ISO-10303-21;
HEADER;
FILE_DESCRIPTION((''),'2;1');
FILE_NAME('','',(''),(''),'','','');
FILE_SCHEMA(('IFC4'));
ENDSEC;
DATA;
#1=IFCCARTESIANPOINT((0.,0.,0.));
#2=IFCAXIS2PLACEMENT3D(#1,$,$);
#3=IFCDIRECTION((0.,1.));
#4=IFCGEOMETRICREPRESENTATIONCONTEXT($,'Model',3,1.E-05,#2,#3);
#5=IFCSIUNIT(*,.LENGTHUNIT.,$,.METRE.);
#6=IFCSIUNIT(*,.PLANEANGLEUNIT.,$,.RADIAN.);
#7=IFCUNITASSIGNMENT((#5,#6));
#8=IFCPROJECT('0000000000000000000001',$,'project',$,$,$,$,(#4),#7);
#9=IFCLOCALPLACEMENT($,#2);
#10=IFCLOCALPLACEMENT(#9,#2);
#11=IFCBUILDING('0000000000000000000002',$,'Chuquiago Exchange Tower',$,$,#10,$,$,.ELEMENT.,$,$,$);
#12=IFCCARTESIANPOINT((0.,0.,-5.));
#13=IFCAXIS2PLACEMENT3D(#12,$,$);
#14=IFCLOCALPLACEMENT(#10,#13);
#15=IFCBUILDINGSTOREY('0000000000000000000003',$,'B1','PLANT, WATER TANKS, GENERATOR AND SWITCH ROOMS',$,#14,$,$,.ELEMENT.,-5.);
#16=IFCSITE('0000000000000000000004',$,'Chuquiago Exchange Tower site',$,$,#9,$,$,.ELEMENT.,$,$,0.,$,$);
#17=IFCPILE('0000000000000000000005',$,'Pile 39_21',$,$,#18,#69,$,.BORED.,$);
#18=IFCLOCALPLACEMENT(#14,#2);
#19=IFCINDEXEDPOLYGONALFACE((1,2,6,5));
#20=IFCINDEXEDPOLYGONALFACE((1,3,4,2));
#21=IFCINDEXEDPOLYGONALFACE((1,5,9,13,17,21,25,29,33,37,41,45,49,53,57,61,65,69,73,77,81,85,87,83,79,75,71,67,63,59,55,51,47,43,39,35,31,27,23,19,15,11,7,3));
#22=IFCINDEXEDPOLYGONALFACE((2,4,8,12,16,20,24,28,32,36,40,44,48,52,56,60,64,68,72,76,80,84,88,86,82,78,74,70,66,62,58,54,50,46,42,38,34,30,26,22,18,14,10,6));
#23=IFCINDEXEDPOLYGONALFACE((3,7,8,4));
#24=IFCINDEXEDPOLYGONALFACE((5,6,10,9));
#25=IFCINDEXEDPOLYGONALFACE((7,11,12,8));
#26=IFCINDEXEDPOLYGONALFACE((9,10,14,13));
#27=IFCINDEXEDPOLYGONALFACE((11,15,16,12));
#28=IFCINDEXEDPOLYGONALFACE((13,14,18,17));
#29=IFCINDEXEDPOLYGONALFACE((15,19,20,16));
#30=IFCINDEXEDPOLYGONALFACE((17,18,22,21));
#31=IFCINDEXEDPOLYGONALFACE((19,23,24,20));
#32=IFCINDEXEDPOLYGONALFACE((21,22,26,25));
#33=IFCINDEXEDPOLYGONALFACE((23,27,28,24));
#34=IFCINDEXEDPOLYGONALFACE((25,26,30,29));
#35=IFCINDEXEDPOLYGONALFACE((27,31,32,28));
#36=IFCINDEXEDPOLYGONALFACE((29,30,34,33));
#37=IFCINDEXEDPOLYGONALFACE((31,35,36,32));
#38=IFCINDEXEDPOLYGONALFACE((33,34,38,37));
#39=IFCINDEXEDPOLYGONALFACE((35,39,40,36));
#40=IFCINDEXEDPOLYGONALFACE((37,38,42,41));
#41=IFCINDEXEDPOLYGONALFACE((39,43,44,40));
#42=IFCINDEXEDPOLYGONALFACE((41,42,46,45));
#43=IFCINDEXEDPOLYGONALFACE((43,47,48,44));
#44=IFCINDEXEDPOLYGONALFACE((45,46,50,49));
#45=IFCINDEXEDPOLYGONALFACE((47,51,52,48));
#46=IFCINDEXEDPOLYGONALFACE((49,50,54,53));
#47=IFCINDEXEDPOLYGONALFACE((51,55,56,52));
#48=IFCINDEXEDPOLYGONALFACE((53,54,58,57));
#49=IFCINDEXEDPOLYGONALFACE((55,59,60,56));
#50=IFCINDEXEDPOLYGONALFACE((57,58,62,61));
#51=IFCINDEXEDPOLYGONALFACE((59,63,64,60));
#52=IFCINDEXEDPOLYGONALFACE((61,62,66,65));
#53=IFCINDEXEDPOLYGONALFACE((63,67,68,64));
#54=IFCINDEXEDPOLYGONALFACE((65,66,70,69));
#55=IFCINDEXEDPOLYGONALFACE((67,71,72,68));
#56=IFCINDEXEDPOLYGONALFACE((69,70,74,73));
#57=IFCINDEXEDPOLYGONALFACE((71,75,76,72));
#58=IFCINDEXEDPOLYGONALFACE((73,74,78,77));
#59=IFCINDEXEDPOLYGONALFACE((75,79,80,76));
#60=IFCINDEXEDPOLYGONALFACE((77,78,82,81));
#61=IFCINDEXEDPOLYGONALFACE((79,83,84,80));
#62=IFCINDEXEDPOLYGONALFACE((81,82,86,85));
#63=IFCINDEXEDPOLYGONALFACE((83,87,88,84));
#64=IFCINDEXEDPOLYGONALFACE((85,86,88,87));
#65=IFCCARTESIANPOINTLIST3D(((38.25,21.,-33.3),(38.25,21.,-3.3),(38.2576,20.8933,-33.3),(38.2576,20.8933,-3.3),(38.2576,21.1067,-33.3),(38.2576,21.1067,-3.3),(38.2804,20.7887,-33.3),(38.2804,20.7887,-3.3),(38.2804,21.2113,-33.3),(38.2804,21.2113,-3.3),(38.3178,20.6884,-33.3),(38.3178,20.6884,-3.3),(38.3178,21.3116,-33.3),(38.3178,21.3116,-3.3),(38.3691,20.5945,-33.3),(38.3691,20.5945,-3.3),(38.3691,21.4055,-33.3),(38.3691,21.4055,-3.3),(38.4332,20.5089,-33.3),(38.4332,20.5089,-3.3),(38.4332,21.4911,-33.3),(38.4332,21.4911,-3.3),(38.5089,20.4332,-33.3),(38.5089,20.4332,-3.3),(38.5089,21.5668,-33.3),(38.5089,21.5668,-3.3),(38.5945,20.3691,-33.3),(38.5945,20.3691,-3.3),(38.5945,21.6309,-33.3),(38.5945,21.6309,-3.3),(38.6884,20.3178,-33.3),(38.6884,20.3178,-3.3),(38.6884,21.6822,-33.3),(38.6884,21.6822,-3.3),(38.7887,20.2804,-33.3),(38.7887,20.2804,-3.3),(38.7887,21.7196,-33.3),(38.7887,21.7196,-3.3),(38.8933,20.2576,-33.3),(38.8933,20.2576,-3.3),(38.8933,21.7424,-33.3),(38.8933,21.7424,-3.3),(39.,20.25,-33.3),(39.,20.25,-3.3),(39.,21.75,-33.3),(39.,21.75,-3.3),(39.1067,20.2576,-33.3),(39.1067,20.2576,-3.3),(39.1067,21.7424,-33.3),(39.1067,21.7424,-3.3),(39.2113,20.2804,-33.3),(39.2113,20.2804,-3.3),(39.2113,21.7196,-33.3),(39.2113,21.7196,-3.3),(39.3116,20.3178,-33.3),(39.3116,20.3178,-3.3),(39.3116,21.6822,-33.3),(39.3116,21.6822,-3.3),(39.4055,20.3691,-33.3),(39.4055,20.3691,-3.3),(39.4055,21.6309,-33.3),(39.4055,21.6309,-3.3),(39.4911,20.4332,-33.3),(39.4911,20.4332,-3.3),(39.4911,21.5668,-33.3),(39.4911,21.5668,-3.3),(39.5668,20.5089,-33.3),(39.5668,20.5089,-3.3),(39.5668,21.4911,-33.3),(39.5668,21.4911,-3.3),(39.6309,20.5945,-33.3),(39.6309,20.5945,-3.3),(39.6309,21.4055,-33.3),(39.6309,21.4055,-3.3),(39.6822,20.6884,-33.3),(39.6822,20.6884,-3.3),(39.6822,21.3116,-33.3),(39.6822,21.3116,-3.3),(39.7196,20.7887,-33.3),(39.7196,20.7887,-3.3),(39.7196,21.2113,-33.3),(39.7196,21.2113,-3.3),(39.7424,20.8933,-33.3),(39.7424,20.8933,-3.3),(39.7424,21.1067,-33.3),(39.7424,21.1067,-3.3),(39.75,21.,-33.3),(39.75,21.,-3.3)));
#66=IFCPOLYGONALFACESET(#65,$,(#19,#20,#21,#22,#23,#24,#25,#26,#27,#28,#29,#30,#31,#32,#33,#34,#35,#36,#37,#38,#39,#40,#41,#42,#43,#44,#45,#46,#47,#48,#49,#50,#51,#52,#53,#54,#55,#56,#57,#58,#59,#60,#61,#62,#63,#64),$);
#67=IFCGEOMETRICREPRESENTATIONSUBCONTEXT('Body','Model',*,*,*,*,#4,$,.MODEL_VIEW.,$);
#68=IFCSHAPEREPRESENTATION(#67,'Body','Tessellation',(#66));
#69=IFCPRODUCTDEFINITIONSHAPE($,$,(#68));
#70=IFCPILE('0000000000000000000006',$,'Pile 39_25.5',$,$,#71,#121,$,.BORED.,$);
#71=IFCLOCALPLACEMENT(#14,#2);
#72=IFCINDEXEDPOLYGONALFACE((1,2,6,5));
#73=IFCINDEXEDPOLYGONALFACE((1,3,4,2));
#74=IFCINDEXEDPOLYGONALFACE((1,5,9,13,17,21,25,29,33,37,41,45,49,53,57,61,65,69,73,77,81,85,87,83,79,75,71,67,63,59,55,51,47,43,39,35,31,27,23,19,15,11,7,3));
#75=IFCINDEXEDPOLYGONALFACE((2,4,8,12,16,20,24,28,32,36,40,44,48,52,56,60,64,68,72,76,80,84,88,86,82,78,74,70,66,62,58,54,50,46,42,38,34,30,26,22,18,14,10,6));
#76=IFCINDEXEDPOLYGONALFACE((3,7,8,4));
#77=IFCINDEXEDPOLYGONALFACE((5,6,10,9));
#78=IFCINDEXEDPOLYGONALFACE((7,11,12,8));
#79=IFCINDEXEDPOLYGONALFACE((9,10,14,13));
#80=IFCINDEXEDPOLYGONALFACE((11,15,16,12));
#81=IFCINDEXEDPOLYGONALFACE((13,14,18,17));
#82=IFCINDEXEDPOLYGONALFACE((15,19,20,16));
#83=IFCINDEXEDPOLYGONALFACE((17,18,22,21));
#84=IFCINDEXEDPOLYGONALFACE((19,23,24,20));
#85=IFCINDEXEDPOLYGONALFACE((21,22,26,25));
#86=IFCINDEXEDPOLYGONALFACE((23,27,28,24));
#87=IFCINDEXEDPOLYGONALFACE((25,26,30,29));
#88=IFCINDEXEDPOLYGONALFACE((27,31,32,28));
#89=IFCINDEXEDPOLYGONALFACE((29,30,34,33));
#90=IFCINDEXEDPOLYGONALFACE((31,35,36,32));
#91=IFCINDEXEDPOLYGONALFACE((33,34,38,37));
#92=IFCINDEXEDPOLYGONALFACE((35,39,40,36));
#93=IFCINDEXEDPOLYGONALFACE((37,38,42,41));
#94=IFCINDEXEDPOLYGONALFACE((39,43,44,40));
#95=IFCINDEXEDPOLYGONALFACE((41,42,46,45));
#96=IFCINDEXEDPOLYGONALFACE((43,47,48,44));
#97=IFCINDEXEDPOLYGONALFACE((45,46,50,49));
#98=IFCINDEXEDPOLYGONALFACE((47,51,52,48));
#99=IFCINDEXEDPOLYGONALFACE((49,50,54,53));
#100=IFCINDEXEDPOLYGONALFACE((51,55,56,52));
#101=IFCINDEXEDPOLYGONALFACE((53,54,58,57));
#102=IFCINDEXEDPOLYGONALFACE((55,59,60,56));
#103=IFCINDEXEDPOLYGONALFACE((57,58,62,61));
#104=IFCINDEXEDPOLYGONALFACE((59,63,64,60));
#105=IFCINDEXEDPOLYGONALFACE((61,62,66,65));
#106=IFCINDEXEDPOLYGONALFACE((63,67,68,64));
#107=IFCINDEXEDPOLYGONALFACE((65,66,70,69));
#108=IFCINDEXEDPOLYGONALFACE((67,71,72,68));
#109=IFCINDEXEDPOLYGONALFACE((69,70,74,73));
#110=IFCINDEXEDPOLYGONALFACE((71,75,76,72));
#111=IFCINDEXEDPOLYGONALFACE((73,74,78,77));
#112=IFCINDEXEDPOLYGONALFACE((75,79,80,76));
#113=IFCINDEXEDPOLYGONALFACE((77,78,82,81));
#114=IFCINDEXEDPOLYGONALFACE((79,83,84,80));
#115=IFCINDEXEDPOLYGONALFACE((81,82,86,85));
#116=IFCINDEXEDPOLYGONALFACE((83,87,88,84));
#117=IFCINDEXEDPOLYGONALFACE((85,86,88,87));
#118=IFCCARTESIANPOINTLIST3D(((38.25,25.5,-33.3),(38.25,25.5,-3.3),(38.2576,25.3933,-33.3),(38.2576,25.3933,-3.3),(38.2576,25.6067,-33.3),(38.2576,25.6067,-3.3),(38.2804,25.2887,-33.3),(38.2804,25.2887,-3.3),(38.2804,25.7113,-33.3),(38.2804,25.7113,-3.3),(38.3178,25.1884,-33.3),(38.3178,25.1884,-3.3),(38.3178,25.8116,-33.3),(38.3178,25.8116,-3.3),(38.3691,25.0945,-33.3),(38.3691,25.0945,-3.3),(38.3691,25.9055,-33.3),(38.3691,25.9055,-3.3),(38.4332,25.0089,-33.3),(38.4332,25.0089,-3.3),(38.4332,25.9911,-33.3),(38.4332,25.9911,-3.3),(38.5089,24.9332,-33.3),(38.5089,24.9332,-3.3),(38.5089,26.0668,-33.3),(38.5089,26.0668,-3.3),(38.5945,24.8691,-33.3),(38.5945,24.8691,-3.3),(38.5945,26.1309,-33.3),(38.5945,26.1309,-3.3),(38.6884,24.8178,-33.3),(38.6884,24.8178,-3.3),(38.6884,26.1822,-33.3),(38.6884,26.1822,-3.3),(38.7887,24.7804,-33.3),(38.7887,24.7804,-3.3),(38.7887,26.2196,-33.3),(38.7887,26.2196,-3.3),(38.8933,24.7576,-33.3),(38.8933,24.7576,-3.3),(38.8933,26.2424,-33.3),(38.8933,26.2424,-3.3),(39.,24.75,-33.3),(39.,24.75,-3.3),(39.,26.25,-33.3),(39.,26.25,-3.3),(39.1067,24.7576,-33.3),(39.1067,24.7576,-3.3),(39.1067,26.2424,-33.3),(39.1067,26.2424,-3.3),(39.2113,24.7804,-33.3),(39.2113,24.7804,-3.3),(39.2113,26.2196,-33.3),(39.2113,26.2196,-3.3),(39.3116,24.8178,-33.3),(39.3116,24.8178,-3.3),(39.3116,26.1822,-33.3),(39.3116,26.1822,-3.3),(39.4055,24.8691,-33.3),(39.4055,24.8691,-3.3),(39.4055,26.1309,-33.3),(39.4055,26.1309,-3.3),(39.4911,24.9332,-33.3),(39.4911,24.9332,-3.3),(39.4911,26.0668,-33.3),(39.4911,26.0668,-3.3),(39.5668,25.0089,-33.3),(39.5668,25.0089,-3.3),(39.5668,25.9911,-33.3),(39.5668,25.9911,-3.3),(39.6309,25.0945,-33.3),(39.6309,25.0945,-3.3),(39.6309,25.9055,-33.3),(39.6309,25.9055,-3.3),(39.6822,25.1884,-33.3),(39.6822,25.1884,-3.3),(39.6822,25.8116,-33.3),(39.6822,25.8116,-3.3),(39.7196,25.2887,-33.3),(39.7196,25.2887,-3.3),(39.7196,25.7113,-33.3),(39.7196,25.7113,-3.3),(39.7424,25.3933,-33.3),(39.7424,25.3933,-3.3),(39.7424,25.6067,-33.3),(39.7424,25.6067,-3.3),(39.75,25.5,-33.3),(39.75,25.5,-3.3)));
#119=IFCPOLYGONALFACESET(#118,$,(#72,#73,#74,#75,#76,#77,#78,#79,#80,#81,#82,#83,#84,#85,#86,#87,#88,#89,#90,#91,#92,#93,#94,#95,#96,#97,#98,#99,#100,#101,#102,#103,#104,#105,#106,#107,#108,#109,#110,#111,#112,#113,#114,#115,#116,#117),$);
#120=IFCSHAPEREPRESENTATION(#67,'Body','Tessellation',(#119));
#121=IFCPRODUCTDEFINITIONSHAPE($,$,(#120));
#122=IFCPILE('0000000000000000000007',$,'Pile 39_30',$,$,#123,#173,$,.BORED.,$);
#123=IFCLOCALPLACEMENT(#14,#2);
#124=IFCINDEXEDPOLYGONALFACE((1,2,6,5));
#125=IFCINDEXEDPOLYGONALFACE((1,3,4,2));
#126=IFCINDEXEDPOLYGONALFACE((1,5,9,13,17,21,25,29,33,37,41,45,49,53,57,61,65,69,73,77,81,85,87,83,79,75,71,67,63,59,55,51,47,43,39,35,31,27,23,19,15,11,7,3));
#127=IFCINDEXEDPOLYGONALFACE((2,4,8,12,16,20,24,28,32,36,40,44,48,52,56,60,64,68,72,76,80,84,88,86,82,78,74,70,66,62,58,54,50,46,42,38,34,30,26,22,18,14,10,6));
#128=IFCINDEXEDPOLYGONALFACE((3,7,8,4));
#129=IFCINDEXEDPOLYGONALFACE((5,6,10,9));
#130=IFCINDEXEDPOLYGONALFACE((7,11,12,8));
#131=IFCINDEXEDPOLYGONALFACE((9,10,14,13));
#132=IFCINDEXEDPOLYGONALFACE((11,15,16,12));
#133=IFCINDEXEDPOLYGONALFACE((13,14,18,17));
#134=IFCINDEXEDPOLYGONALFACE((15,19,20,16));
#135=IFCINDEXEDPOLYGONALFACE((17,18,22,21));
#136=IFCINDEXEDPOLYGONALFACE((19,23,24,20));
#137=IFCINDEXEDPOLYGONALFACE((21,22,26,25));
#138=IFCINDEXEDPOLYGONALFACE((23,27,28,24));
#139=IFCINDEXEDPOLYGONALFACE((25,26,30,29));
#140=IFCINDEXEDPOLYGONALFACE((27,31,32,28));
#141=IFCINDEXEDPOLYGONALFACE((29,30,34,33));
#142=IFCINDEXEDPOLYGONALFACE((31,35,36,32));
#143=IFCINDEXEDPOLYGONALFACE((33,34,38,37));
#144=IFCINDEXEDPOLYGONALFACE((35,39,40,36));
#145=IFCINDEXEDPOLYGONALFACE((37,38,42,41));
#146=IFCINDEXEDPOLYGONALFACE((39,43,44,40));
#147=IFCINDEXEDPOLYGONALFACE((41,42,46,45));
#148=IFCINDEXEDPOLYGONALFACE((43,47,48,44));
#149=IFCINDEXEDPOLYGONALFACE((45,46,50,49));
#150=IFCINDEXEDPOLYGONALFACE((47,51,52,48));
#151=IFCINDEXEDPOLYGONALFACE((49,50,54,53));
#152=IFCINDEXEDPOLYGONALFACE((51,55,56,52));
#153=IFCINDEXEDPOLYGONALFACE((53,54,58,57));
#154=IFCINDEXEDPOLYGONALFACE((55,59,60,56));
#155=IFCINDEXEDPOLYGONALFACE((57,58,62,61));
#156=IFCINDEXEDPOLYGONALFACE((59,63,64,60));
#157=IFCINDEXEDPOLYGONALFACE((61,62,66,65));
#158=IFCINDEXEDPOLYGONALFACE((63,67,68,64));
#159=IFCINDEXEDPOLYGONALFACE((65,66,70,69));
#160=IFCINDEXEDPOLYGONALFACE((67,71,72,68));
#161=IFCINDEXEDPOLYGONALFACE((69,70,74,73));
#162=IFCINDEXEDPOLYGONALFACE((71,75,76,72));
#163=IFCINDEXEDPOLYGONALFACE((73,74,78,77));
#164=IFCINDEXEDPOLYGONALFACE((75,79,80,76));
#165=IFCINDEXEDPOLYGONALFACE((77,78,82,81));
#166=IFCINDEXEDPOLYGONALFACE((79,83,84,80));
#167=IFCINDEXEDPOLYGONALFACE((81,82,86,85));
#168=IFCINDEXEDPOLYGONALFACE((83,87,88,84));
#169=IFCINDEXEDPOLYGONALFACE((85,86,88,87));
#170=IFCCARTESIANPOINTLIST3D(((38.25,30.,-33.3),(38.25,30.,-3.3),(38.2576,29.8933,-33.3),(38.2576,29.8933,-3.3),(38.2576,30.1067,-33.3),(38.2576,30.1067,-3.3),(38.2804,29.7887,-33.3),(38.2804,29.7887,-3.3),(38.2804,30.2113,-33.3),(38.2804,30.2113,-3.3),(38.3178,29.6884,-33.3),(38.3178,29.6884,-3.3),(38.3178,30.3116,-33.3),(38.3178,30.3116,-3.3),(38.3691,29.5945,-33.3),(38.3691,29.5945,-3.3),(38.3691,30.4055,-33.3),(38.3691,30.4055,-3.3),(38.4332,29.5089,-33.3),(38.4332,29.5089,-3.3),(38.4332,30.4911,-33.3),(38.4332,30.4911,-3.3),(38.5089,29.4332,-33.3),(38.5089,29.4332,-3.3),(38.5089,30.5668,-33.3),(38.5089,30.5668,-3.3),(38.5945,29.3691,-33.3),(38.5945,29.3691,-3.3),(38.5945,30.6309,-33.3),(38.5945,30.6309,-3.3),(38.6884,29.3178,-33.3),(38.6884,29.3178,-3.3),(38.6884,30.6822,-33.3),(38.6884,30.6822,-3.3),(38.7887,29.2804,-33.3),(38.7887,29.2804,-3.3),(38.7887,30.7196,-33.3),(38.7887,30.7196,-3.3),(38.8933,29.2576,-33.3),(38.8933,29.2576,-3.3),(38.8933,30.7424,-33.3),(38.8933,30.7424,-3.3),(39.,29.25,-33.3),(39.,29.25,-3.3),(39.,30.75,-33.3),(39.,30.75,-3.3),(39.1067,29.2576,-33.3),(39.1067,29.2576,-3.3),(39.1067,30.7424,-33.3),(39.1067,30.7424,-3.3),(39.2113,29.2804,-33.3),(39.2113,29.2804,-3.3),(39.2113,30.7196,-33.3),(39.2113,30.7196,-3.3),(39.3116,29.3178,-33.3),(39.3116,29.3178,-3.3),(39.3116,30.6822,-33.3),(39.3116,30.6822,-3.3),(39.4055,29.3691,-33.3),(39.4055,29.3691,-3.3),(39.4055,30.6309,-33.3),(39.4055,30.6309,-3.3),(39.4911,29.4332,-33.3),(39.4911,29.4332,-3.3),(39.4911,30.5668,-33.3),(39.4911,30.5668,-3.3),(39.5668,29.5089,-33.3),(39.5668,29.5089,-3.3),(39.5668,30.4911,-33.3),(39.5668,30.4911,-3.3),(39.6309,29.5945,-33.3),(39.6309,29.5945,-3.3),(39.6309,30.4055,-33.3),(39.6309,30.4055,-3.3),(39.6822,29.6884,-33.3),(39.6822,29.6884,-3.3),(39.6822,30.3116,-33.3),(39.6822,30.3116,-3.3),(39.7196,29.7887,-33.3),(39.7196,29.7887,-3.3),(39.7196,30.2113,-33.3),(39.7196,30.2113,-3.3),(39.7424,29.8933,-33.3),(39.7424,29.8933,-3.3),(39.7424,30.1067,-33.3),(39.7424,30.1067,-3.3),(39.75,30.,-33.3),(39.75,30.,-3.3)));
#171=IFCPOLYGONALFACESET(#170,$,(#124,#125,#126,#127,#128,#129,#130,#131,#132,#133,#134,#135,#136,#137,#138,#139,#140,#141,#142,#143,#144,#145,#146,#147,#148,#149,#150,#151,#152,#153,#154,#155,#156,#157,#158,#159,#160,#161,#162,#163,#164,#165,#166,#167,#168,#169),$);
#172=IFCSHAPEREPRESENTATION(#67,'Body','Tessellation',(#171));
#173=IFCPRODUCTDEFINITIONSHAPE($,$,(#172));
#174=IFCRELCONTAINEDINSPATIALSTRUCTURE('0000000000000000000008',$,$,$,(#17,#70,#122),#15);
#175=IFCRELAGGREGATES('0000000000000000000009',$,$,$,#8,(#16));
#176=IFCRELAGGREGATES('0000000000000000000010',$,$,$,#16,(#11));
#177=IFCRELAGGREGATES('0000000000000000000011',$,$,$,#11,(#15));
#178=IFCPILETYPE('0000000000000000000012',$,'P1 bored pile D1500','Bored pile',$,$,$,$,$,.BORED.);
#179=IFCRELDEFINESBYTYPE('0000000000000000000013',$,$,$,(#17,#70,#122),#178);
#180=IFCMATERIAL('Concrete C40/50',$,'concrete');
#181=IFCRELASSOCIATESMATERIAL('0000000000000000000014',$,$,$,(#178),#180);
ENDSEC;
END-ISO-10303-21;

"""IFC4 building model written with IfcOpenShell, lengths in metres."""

from ifc_helpers import new_model, si_unit, direction, frame, origin, origin_2d, place, context, subcontext, project, spatial, circle, extrude, material, material_profile, profile_set, type_object, element, save


model = new_model("IFC4")

# Units and contexts
model_context = context("Model", 3, precision=1e-05, world=origin(), true_north=direction((0.0, 1.0)))
body_context = subcontext(model_context, "Body", "Model", "MODEL_VIEW")
ifc_project = project(units=[si_unit("LENGTHUNIT", "METRE"), si_unit("PLANEANGLEUNIT", "RADIAN")], contexts=[model_context])

# Site, building, storey
site_placement = place(None, origin())
site = spatial("IfcSite", under=ifc_project, at=site_placement, Name="Chuquiago Exchange Tower site", CompositionType="ELEMENT", RefElevation=0.0)
building_placement = place(site_placement, origin())
building = spatial("IfcBuilding", under=site, at=building_placement, Name="Chuquiago Exchange Tower", CompositionType="ELEMENT")
storey_placement = place(building_placement, frame((0.0, 0.0, -5.0)))
storey = spatial("IfcBuildingStorey", under=building, at=storey_placement, Name="B1", Description="PLANT, WATER TANKS, GENERATOR AND SWITCH ROOMS", CompositionType="ELEMENT", Elevation=-5.0)

# Piles
ifc_material_1 = material(Name="Concrete C40/50", Category="concrete")
ifc_material_profile_1 = material_profile(ifc_material_1, circle(Radius=0.75, at=origin_2d()), Name="D1500")
ifc_profile_set_1 = profile_set([ifc_material_profile_1], Name="Concrete C40/50")
pile_type = type_object("IfcPileType", Name="P1 bored pile D1500", Description="Bored pile", PredefinedType="BORED", material=ifc_profile_set_1)
for number, where, z_axis, x_axis, name in (
    (1, (39.0, 21.0, -3.3), (0.0, 0.0, -1.0), (1.0, 0.0, 0.0), "Pile 39_21"),
    (2, (39.0, 25.5, -3.3), (0.0, 0.0, -1.0), (1.0, 0.0, 0.0), "Pile 39_25.5"),
    (3, (39.0, 30.0, -3.3), (0.0, 0.0, -1.0), (1.0, 0.0, 0.0), "Pile 39_30"),
):
    element("IfcPile", number, at=place(storey_placement, frame(where, z_axis=z_axis, x_axis=x_axis)), inside=storey, type_object=pile_type, Name=name, PredefinedType="BORED", context=body_context, shape_type="SweptSolid", body=[
        extrude(circle(Radius=0.75, at=origin_2d()), origin(), (0.0, 0.0, 1.0), 30.0),
    ])

save(model, "model.ifc")
